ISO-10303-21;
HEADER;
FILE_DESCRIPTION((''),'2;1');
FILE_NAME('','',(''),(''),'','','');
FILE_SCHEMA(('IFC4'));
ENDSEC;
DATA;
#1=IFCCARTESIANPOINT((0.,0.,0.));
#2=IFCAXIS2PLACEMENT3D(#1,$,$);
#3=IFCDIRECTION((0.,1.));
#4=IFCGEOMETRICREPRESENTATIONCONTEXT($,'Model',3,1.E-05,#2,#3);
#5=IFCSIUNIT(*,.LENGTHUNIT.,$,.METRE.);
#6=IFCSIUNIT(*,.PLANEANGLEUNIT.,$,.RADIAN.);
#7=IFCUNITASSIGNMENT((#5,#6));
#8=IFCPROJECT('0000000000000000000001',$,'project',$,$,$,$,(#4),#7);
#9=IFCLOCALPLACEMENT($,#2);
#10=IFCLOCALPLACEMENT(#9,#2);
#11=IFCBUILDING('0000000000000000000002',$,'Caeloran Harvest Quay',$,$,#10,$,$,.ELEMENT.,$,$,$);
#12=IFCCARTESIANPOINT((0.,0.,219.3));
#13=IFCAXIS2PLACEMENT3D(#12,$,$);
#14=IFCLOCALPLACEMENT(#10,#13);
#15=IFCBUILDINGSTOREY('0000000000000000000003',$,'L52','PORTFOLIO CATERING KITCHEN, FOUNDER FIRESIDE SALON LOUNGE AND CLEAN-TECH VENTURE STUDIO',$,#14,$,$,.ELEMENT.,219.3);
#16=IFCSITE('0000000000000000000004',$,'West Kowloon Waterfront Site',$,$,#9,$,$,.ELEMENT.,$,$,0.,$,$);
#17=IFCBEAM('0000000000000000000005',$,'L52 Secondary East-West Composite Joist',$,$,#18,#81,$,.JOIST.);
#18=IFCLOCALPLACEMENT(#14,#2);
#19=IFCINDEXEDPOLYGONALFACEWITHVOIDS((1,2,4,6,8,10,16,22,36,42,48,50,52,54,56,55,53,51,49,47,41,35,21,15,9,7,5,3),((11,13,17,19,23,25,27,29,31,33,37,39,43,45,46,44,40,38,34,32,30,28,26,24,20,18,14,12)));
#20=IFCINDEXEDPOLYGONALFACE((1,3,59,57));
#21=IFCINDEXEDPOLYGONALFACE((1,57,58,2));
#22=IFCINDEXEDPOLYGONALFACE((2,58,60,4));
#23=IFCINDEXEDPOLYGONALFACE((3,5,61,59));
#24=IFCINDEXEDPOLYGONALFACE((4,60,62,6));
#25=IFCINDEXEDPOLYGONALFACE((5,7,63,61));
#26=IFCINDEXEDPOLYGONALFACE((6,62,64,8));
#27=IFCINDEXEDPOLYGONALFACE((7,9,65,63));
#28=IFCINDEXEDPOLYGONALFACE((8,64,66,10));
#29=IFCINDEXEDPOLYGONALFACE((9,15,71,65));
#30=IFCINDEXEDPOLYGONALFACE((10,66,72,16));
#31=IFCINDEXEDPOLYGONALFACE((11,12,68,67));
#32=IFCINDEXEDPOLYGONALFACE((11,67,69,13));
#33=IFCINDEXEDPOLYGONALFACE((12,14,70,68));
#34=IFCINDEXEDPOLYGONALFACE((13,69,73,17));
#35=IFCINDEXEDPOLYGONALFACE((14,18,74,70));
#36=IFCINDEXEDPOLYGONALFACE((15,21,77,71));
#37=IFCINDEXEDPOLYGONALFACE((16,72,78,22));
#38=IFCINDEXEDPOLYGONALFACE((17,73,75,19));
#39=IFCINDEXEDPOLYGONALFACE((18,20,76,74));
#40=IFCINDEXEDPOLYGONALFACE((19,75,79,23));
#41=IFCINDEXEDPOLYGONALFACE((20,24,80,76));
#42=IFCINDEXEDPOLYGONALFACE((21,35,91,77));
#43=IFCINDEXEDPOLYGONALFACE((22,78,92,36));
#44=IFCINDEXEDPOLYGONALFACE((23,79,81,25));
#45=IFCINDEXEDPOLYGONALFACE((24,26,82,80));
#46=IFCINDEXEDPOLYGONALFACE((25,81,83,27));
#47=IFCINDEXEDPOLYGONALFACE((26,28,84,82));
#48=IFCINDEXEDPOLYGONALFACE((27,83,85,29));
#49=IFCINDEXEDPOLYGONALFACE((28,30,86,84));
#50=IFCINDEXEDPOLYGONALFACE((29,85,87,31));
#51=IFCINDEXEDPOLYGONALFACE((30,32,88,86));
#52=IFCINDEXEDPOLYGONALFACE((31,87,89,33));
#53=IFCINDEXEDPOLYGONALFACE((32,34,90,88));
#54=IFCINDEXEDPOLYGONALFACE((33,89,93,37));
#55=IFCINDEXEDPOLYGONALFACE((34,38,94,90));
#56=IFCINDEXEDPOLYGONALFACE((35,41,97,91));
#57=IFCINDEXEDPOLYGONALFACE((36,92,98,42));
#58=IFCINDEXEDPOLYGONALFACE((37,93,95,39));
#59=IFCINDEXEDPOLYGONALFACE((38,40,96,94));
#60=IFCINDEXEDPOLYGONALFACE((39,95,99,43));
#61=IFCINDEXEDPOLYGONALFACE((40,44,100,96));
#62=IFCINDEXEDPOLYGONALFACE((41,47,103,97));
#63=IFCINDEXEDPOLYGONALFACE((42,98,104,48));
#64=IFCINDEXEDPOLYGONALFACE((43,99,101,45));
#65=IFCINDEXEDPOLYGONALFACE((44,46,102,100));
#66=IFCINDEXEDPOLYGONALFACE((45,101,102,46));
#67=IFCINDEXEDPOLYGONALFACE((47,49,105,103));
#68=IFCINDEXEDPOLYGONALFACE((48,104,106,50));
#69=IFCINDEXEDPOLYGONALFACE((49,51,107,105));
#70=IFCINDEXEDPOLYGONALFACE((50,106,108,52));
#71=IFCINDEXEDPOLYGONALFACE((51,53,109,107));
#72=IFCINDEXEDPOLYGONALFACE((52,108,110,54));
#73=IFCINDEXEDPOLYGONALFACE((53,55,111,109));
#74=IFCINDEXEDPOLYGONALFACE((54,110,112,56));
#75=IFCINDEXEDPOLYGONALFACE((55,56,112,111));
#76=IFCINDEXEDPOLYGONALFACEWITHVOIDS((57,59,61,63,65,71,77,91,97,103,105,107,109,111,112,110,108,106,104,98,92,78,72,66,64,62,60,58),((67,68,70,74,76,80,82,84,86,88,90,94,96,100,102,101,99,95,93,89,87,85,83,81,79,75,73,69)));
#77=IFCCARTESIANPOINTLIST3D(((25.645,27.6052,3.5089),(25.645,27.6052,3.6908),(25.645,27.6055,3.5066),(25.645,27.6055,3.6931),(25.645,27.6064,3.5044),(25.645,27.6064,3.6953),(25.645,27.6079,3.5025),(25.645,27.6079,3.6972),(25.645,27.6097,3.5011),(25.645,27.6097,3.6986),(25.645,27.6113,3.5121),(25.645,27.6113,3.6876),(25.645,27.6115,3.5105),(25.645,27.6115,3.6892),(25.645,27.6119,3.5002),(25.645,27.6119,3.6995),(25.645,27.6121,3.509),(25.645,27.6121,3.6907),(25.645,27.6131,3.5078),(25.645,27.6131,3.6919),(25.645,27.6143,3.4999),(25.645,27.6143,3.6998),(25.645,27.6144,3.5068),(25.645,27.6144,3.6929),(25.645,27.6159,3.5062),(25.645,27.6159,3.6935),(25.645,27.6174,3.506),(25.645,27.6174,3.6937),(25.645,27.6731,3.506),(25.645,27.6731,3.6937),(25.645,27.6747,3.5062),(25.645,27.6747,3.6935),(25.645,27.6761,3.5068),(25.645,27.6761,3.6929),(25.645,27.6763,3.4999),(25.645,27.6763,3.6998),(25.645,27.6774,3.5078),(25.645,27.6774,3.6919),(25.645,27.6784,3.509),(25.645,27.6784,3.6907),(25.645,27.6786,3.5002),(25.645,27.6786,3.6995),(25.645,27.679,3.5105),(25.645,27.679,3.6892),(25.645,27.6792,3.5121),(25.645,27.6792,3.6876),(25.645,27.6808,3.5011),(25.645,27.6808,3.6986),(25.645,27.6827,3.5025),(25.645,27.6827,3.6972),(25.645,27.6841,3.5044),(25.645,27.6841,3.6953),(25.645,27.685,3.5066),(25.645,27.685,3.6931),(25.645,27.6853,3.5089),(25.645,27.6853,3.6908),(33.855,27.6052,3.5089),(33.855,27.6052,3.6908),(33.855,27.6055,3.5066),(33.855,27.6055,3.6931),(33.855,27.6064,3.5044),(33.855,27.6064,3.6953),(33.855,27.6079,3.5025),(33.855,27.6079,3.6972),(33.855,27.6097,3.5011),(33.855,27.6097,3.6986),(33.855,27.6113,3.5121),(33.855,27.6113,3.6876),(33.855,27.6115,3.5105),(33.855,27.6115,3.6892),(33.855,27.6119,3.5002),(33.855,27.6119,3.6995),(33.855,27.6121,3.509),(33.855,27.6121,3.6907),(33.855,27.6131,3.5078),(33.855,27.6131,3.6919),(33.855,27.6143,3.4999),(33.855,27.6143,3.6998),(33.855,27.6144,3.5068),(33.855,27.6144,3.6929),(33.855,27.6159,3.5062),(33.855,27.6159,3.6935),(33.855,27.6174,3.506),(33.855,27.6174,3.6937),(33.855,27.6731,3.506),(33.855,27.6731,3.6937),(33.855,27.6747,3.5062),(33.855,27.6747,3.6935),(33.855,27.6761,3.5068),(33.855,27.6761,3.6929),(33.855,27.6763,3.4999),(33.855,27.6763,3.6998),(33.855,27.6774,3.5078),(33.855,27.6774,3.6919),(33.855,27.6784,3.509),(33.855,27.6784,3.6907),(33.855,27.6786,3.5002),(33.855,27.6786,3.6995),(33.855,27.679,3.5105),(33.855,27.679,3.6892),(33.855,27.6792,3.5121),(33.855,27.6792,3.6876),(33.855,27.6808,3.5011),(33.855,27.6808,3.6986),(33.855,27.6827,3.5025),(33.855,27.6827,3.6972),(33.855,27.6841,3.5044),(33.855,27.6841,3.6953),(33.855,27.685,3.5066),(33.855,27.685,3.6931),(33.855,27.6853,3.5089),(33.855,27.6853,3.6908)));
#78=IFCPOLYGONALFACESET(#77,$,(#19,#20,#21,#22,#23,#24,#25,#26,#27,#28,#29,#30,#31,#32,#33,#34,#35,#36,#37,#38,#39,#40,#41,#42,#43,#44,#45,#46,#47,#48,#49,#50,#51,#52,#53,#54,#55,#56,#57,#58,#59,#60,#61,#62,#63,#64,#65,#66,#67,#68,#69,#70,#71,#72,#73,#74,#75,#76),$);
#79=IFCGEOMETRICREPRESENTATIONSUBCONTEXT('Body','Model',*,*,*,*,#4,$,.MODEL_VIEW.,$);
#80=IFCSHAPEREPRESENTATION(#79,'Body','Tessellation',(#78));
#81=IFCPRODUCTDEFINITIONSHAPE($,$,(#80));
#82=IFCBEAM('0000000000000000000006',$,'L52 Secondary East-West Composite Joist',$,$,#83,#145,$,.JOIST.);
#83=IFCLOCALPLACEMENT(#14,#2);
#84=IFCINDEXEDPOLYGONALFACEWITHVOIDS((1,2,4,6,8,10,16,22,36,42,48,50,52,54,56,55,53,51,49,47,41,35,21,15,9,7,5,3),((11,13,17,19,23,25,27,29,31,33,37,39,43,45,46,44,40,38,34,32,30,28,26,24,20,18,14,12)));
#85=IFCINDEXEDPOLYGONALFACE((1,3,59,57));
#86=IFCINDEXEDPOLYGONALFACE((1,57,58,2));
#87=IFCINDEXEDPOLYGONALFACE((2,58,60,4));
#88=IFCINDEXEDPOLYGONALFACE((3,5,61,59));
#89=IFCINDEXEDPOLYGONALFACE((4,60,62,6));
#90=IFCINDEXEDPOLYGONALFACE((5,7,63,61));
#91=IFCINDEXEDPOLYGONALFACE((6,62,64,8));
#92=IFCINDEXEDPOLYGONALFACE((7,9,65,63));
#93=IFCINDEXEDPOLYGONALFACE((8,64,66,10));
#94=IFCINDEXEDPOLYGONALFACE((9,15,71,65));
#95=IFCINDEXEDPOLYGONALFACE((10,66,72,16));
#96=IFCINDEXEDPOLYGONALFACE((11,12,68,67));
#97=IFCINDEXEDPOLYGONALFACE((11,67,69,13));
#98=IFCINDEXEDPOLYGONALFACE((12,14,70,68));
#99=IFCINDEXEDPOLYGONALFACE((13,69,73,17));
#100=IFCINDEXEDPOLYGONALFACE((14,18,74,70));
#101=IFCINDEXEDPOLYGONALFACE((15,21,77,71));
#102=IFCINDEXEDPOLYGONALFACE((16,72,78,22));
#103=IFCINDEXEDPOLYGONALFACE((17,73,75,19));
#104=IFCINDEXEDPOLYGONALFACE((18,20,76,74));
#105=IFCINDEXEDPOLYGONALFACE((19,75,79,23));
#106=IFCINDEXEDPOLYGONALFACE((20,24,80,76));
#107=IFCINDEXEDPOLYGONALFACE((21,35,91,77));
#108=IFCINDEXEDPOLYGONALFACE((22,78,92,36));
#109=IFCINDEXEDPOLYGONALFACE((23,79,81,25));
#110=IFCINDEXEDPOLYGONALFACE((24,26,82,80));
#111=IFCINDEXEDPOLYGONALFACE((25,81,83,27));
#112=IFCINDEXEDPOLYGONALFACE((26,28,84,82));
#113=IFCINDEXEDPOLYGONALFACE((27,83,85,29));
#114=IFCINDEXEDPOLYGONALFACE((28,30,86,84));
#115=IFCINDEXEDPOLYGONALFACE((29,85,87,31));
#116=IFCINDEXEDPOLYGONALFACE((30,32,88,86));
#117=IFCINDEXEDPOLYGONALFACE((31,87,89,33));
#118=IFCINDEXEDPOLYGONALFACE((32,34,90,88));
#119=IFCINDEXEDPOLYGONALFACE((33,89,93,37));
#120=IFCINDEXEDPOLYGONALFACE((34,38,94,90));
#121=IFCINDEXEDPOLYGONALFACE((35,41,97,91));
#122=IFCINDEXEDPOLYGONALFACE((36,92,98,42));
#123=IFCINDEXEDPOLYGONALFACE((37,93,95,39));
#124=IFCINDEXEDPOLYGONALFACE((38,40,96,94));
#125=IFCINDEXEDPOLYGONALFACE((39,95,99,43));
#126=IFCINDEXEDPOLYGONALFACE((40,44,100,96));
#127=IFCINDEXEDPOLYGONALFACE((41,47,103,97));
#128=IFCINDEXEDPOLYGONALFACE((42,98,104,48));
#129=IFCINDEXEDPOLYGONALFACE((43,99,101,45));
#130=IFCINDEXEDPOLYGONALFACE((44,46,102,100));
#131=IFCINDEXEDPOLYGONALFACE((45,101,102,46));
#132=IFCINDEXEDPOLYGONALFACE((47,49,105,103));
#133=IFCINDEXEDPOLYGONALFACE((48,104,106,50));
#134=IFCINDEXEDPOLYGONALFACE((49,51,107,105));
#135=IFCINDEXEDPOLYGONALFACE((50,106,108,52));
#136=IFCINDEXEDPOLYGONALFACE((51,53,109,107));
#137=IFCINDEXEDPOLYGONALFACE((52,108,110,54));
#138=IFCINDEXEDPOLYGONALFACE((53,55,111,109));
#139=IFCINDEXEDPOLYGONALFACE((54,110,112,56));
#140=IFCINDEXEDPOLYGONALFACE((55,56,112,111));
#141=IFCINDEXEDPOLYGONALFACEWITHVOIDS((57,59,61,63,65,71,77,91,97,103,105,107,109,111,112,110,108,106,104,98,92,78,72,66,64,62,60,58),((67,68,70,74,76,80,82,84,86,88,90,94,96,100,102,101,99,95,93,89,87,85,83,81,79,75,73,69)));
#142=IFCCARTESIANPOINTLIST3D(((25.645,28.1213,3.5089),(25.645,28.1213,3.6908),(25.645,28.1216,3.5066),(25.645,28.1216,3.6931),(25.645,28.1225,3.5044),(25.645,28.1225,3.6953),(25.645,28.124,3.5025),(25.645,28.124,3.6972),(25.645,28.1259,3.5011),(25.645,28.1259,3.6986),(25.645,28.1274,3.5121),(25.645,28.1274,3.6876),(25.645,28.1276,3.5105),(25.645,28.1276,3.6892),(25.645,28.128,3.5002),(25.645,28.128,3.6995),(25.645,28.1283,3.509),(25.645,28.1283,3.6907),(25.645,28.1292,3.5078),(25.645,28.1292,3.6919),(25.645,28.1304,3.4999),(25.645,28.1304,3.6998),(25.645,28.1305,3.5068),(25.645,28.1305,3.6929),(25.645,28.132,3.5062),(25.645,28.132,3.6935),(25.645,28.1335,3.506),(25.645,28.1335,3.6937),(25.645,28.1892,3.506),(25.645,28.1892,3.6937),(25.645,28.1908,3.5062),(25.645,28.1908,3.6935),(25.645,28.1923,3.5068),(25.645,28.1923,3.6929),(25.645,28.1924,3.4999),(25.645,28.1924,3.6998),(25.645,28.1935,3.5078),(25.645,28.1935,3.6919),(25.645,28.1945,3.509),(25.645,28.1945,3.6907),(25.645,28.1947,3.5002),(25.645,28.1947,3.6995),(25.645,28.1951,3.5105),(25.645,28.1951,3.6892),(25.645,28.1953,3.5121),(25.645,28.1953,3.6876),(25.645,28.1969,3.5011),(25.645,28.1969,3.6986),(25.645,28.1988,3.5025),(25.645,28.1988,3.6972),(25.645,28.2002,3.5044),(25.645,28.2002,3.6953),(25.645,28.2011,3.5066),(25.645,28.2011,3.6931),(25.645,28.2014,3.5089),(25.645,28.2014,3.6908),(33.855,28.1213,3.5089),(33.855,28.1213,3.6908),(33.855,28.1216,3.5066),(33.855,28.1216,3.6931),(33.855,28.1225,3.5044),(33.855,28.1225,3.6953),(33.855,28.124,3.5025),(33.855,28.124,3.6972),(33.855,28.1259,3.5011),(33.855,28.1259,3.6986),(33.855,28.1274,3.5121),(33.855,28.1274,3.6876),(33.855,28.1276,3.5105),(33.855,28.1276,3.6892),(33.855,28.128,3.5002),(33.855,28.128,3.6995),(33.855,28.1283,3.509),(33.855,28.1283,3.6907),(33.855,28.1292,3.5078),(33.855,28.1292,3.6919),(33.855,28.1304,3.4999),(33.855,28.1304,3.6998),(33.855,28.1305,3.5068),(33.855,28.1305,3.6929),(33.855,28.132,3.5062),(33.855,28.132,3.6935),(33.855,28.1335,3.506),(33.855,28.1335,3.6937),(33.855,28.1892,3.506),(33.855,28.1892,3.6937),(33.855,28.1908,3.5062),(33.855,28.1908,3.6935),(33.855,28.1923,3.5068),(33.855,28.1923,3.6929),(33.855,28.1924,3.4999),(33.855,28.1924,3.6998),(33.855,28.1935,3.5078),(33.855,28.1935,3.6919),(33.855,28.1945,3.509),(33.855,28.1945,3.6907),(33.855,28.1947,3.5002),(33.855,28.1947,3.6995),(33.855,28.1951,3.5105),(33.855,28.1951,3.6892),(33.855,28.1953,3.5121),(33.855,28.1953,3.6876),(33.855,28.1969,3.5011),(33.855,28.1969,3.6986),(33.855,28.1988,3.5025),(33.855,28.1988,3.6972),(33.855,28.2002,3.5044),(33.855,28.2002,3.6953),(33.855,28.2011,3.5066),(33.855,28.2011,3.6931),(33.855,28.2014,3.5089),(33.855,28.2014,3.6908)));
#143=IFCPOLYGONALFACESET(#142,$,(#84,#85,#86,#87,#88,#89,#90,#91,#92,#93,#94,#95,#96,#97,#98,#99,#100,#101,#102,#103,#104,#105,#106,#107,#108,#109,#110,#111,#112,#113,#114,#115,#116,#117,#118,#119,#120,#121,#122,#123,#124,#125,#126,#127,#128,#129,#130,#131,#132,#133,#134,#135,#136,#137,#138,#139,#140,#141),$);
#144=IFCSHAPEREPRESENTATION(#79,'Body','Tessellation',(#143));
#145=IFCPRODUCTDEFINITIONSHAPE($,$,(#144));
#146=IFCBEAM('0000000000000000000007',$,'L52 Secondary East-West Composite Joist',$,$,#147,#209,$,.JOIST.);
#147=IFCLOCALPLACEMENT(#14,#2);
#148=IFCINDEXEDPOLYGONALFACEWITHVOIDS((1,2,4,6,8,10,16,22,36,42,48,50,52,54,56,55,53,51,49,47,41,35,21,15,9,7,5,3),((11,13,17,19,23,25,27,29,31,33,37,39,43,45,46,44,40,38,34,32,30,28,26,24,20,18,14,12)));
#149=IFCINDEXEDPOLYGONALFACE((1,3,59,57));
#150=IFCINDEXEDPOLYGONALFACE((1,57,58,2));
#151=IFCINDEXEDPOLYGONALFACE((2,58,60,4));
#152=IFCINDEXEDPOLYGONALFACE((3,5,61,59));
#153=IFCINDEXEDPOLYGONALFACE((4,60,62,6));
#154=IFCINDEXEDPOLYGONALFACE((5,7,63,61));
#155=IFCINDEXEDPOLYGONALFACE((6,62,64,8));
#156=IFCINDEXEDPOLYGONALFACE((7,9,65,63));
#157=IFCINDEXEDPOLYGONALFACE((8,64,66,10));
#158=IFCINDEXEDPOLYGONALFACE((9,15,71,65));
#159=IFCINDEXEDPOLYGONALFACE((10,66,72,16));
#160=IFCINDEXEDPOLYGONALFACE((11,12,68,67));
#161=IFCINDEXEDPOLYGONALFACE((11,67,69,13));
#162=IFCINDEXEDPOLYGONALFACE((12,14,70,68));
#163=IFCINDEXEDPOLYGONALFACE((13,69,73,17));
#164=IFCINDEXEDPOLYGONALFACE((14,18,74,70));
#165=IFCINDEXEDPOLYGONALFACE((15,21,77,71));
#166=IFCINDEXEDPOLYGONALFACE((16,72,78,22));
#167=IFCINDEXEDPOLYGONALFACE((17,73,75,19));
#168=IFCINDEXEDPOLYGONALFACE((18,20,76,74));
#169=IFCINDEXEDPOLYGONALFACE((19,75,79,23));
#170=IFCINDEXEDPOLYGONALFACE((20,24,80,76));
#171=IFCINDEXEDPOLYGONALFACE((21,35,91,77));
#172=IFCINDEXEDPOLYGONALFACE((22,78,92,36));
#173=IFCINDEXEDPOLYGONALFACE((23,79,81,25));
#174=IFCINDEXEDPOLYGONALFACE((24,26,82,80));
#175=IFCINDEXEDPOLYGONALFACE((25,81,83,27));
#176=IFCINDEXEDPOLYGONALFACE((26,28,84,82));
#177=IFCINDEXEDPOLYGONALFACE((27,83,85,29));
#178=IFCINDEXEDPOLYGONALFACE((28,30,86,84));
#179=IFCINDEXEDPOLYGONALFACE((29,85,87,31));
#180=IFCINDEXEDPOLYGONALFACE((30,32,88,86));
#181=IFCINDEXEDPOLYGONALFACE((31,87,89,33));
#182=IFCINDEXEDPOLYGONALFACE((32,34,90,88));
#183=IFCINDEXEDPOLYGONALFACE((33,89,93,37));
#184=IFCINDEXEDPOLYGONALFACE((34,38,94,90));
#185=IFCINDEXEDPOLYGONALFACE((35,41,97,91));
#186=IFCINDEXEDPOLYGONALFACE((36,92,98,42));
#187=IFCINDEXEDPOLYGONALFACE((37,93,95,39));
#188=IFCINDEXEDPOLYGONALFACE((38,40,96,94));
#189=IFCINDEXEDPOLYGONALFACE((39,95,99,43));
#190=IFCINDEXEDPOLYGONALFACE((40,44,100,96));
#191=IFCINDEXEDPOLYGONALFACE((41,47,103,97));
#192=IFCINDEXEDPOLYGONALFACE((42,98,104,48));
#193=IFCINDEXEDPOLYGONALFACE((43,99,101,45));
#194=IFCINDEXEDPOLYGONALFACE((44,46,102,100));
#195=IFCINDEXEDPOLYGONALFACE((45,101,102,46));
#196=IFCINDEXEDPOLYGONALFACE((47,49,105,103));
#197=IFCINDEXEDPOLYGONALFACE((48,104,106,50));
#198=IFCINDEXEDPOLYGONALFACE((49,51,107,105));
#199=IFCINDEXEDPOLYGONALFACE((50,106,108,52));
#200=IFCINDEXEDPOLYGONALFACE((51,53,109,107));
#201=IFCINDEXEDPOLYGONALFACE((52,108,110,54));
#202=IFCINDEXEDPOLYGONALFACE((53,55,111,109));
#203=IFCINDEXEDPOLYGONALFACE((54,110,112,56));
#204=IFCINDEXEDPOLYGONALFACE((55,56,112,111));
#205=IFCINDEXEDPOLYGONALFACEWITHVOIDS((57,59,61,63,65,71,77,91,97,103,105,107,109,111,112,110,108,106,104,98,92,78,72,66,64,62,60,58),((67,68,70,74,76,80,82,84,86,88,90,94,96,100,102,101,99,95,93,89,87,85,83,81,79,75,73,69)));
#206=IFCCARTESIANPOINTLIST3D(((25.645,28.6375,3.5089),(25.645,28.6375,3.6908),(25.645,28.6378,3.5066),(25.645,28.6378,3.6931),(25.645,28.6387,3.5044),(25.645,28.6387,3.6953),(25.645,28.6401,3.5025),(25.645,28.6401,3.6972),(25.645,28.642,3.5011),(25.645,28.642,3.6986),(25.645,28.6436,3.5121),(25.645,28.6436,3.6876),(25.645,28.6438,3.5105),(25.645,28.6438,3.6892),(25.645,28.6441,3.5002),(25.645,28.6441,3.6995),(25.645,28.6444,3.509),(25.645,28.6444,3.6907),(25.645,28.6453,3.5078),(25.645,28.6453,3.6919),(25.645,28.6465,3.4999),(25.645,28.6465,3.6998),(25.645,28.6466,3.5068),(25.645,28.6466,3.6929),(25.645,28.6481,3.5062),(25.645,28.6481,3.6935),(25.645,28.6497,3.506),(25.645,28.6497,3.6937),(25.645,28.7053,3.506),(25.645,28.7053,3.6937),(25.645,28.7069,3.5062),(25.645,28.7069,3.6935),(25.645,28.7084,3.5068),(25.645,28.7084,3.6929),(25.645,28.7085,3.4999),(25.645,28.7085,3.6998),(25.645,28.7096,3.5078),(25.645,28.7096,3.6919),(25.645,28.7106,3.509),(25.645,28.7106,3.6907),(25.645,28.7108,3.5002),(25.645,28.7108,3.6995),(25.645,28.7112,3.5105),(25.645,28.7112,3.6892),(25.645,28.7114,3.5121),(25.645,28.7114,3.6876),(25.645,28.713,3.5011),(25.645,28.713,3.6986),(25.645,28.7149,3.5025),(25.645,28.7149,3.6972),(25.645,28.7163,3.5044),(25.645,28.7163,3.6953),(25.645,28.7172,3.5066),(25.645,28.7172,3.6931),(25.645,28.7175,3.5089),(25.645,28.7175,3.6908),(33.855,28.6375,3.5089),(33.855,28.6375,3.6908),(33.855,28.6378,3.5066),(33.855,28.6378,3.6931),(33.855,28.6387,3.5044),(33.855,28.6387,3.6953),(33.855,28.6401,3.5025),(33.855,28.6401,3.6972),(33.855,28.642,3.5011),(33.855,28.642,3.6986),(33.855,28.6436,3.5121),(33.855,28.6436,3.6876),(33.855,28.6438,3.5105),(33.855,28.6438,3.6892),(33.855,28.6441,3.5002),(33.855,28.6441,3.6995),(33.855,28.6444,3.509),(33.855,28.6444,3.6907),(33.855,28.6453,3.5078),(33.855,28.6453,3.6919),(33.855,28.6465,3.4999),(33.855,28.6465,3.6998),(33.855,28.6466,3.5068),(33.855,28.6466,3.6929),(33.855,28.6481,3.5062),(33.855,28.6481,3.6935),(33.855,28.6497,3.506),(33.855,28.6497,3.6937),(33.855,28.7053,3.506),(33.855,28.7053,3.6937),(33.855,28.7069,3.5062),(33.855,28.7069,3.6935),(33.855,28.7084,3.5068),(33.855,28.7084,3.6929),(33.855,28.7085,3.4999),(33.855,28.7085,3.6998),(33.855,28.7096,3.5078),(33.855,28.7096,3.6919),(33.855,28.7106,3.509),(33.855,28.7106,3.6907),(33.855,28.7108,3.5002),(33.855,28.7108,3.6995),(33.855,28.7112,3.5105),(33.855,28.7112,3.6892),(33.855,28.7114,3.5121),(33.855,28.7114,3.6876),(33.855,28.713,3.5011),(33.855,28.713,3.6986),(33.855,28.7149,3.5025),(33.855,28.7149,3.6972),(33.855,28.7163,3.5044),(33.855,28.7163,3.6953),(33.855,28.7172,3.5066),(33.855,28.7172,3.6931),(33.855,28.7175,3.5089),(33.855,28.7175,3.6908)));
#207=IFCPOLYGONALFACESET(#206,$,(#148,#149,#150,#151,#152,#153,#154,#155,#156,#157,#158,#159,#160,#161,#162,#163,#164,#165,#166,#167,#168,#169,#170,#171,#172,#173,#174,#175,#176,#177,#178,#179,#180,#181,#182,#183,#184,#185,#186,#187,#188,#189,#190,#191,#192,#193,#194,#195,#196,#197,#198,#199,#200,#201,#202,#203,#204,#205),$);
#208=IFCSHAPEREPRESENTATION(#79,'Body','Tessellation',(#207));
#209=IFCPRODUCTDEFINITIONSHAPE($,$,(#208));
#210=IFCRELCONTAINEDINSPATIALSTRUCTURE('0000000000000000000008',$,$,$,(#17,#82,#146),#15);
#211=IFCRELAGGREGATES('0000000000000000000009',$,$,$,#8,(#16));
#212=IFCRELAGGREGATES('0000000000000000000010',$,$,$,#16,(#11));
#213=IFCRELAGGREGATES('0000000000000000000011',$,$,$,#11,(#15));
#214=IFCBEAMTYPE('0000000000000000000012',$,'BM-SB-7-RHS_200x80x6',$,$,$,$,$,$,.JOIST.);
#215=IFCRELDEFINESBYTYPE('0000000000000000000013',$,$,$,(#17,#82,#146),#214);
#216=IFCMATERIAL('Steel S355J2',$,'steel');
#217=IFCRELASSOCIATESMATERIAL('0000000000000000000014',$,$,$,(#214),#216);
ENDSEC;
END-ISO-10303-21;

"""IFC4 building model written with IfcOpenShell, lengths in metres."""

from ifc_helpers import new_model, si_unit, direction, frame, origin, origin_2d, place, context, subcontext, project, spatial, hollow_rectangle, extrude, material, material_profile, profile_set, type_object, element, save


model = new_model("IFC4")

# Units and contexts
model_context = context("Model", 3, precision=1e-05, world=origin(), true_north=direction((0.0, 1.0)))
body_context = subcontext(model_context, "Body", "Model", "MODEL_VIEW")
ifc_project = project(units=[si_unit("LENGTHUNIT", "METRE"), si_unit("PLANEANGLEUNIT", "RADIAN")], contexts=[model_context])

# Site, building, storey
site_placement = place(None, origin())
site = spatial("IfcSite", under=ifc_project, at=site_placement, Name="West Kowloon Waterfront Site", CompositionType="ELEMENT", RefElevation=0.0)
building_placement = place(site_placement, origin())
building = spatial("IfcBuilding", under=site, at=building_placement, Name="Caeloran Harvest Quay", CompositionType="ELEMENT")
storey_placement = place(building_placement, frame((0.0, 0.0, 219.3)))
storey = spatial("IfcBuildingStorey", under=building, at=storey_placement, Name="L52", Description="PORTFOLIO CATERING KITCHEN, FOUNDER FIRESIDE SALON LOUNGE AND CLEAN-TECH VENTURE STUDIO", CompositionType="ELEMENT", Elevation=219.3)

# Beams
ifc_material_1 = material(Name="Steel S355J2", Category="steel")
ifc_material_profile_1 = material_profile(ifc_material_1, hollow_rectangle(XDim=0.0801, YDim=0.2, WallThickness=0.0061, InnerFilletRadius=0.0061, OuterFilletRadius=0.009, at=origin_2d()), Name="RHS 200x80x6")
ifc_profile_set_1 = profile_set([ifc_material_profile_1], Name="Steel S355J2")
beam_type_1 = type_object("IfcBeamType", Name="BM-SB-7-RHS_200x80x6", PredefinedType="JOIST", material=ifc_profile_set_1)
for number, where, z_axis, x_axis, name in (
    (1, (25.645, 27.6453, 3.5999), (1.0, 0.0, 0.0), (0.0, 1.0, 0.0), "L52 Secondary East-West Composite Joist"),
    (2, (25.645, 28.1614, 3.5999), (1.0, 0.0, 0.0), (0.0, 1.0, 0.0), "L52 Secondary East-West Composite Joist"),
    (3, (25.645, 28.6775, 3.5999), (1.0, 0.0, 0.0), (0.0, 1.0, 0.0), "L52 Secondary East-West Composite Joist"),
):
    element("IfcBeam", number, at=place(storey_placement, frame(where, z_axis=z_axis, x_axis=x_axis)), inside=storey, type_object=beam_type_1, Name=name, PredefinedType="JOIST", context=body_context, shape_type="SweptSolid", body=[
        extrude(hollow_rectangle(XDim=0.0801, YDim=0.2, WallThickness=0.0061, InnerFilletRadius=0.0061, OuterFilletRadius=0.009, at=origin_2d()), origin(), (0.0, 0.0, 1.0), 8.21),
    ])

save(model, "model.ifc")
